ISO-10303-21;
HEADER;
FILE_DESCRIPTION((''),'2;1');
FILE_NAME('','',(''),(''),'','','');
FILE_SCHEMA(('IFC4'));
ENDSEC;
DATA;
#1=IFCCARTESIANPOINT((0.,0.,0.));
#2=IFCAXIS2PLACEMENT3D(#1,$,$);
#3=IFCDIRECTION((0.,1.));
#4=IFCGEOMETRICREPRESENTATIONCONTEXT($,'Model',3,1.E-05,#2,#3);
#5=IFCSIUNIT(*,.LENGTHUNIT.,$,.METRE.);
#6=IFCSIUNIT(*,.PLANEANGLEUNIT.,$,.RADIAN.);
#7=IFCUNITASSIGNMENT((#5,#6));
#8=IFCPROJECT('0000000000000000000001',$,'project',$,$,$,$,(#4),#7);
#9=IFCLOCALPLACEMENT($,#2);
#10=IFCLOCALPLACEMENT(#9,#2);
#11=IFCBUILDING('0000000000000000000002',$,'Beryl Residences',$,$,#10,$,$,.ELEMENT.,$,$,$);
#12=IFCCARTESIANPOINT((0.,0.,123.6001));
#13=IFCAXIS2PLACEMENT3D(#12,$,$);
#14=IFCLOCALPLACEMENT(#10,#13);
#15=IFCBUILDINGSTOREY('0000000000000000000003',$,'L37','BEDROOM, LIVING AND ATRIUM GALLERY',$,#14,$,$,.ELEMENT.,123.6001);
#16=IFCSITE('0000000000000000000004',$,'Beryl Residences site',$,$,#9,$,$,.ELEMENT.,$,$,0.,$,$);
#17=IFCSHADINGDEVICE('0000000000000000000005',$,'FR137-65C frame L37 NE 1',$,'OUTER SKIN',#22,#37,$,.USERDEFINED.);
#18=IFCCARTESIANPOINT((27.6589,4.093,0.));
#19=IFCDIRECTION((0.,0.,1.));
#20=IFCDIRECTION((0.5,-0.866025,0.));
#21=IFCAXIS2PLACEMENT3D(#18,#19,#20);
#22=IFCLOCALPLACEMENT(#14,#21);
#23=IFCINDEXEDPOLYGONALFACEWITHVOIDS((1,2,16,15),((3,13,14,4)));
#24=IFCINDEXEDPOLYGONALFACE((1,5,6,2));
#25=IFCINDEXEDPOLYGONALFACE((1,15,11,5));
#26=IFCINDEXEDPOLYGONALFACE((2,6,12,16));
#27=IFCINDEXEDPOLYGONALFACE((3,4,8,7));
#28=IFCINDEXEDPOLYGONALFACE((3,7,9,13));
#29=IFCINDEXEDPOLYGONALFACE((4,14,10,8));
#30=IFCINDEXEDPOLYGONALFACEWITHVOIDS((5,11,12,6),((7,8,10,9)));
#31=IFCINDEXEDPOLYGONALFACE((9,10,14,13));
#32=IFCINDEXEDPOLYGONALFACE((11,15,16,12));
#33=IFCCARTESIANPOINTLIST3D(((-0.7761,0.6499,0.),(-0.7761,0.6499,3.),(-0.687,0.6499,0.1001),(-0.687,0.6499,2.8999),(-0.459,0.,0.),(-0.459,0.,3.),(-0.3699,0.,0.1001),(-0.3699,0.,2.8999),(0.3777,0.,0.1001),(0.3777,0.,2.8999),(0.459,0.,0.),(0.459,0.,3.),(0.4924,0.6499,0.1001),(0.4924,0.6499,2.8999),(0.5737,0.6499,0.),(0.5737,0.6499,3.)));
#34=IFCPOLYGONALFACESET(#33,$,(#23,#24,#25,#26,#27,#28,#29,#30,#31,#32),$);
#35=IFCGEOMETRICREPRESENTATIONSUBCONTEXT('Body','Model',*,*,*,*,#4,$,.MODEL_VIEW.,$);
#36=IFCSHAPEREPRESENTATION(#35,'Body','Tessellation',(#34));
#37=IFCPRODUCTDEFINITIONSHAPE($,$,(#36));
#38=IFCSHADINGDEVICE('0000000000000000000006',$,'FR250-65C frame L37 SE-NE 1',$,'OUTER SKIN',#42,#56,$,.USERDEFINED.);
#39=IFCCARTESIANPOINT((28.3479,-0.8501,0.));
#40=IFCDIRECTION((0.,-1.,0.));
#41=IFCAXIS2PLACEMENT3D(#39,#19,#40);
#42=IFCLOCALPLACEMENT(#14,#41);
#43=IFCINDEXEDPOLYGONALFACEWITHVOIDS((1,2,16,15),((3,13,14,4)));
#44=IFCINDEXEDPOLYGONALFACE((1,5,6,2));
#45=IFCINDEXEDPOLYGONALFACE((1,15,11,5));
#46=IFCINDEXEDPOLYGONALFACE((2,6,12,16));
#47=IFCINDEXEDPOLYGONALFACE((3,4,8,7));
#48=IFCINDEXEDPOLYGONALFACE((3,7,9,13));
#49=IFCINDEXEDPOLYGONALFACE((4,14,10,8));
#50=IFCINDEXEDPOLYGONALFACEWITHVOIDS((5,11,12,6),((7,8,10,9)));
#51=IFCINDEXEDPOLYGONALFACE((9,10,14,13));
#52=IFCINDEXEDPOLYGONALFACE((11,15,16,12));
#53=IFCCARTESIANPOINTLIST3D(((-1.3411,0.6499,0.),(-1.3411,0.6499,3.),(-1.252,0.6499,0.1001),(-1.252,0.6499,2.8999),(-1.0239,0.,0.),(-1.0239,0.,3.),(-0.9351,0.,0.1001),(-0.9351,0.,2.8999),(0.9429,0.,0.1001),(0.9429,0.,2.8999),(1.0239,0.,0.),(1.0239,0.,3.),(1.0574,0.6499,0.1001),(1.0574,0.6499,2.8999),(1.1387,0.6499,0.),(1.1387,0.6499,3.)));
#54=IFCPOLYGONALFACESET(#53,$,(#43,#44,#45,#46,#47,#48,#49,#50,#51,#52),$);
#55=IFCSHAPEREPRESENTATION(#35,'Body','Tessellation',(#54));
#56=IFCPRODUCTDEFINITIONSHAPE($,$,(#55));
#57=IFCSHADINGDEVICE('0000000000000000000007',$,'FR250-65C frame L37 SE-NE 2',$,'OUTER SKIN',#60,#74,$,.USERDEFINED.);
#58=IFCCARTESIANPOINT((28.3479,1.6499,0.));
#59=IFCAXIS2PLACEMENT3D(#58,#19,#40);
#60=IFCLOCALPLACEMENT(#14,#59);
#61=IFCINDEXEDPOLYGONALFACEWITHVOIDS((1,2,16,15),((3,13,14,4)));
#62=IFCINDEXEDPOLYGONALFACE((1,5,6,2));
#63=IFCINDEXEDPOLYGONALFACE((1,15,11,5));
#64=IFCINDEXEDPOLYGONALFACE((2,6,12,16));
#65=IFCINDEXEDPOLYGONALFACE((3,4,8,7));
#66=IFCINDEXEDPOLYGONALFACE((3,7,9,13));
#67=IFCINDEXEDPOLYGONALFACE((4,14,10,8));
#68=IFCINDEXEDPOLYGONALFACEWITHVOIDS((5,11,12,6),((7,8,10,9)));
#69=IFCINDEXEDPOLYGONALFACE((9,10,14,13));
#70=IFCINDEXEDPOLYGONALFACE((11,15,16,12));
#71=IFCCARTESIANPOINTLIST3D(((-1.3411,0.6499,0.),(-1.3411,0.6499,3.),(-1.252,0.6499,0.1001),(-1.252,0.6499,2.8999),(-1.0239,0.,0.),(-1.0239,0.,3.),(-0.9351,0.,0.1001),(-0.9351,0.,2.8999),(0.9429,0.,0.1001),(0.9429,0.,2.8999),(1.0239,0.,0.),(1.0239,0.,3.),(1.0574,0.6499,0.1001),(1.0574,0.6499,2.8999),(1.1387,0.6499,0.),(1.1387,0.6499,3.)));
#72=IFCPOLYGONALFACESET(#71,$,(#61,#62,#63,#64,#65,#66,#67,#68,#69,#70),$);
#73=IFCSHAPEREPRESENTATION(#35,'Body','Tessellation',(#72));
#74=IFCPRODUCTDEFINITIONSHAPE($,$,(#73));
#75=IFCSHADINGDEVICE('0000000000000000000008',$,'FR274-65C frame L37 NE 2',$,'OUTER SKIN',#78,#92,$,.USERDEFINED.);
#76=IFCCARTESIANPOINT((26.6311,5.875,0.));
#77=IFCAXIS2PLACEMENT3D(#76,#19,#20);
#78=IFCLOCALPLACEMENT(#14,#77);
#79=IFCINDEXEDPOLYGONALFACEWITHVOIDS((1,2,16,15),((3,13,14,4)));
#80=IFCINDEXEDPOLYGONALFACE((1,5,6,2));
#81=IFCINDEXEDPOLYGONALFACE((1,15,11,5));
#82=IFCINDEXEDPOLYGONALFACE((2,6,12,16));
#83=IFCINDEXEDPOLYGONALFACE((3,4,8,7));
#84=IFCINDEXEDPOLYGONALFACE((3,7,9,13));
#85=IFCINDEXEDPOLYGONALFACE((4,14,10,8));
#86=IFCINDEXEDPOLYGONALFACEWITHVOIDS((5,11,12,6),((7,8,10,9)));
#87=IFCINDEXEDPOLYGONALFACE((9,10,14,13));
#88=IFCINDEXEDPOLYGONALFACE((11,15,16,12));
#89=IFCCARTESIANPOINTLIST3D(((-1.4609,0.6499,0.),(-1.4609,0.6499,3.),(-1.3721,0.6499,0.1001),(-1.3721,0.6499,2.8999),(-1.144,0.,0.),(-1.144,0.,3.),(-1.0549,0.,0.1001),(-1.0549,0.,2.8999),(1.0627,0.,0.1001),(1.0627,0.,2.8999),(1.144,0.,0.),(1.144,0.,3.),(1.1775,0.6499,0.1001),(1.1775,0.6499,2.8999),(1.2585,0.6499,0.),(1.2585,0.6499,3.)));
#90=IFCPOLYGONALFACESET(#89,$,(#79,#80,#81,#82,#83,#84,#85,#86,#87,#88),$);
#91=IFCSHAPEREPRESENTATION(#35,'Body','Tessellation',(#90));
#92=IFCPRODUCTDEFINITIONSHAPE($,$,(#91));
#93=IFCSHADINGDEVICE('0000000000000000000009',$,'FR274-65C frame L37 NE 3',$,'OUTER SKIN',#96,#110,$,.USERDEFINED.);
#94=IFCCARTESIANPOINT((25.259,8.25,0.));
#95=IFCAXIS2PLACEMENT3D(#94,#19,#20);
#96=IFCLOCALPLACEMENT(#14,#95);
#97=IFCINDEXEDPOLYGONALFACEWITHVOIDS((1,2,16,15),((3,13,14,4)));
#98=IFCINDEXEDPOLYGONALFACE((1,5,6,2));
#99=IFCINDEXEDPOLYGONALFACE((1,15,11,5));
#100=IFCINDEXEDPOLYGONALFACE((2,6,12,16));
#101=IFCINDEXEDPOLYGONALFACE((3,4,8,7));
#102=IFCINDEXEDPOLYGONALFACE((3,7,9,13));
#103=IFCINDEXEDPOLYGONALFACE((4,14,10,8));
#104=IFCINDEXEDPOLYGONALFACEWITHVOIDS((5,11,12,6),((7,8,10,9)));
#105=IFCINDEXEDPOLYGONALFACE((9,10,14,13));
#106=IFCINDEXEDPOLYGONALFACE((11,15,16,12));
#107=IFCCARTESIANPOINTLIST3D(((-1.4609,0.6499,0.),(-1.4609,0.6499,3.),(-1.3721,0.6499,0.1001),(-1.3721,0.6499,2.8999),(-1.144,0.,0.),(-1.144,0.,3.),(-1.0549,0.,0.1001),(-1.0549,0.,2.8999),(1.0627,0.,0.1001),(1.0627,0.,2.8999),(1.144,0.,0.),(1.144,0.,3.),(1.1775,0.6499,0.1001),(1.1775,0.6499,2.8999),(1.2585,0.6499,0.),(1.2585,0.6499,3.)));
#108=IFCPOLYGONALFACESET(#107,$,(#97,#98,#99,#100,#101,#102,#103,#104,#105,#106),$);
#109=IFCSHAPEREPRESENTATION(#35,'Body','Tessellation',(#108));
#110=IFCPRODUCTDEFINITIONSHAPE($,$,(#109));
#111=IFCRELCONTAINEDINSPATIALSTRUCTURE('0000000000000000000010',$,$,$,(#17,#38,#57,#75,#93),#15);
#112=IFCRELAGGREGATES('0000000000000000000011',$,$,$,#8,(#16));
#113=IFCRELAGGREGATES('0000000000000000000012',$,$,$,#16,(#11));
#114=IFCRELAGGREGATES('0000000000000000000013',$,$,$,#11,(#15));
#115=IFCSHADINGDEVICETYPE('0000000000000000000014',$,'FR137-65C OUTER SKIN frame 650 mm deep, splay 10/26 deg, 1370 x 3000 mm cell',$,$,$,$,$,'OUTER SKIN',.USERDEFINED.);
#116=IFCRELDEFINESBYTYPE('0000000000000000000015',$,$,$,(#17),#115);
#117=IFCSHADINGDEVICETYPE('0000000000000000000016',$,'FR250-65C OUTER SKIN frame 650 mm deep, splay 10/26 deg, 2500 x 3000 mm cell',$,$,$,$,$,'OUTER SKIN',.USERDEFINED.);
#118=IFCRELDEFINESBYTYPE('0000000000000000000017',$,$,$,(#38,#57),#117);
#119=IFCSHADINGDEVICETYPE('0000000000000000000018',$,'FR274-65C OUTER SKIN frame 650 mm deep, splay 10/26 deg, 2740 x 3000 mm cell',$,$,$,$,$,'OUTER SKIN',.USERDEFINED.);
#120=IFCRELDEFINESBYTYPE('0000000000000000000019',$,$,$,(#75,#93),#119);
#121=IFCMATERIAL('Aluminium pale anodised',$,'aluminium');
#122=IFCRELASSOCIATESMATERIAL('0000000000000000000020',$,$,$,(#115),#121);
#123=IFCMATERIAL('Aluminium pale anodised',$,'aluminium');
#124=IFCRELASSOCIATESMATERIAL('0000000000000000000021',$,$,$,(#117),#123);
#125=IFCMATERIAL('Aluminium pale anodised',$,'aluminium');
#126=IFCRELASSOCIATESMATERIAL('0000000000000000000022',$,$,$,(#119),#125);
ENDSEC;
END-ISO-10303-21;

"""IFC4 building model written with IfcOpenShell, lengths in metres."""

from ifc_helpers import new_model, entity, si_unit, direction, frame, origin, place, context, subcontext, project, spatial, source, transform, mapped, material, type_object, type_shapes, element, save


model = new_model("IFC4")

# Units and contexts
model_context = context("Model", 3, precision=1e-05, world=origin(), true_north=direction((0.0, 1.0)))
body_context = subcontext(model_context, "Body", "Model", "MODEL_VIEW")
ifc_project = project(units=[si_unit("LENGTHUNIT", "METRE"), si_unit("PLANEANGLEUNIT", "RADIAN")], contexts=[model_context])

# Site, building, storey
site_placement = place(None, origin())
site = spatial("IfcSite", under=ifc_project, at=site_placement, Name="Beryl Residences site", CompositionType="ELEMENT", RefElevation=0.0)
building_placement = place(site_placement, origin())
building = spatial("IfcBuilding", under=site, at=building_placement, Name="Beryl Residences", CompositionType="ELEMENT")
storey_placement = place(building_placement, frame((0.0, 0.0, 123.6001)))
storey = spatial("IfcBuildingStorey", under=building, at=storey_placement, Name="L37", Description="BEDROOM, LIVING AND ATRIUM GALLERY", CompositionType="ELEMENT", Elevation=123.6001)

# Shading devices
ifc_material_1 = material(Name="Aluminium pale anodised", Category="aluminium")
shading_device_type_1 = type_object("IfcShadingDeviceType", Name="FR137-65C OUTER SKIN frame 650 mm deep, splay 10/26 deg, 1370 x 3000 mm cell", ElementType="OUTER SKIN", PredefinedType="USERDEFINED", material=ifc_material_1)
cartesian_point_1 = entity("IfcCartesianPoint", [-0.459, 0.0])
cartesian_point_2 = entity("IfcCartesianPoint", [-0.3777, 0.1001])
cartesian_point_3 = entity("IfcCartesianPoint", [-0.5737, 0.0])
cartesian_point_4 = entity("IfcCartesianPoint", [-0.4924, 0.1001])
shared_shape_1 = source(origin(), body_context, "Body", "SweptSolid", [
    entity("IfcExtrudedAreaSolidTapered", entity("IfcArbitraryProfileDefWithVoids", "AREA", None, entity("IfcPolyline", [cartesian_point_1, entity("IfcCartesianPoint", [0.459, 0.0]), entity("IfcCartesianPoint", [0.459, 3.0]), entity("IfcCartesianPoint", [-0.459, 3.0]), cartesian_point_1]), [entity("IfcPolyline", [cartesian_point_2, entity("IfcCartesianPoint", [0.3699, 0.1001]), entity("IfcCartesianPoint", [0.3699, 2.8999]), entity("IfcCartesianPoint", [-0.3777, 2.8999]), cartesian_point_2])]), entity("IfcAxis2Placement3D", entity("IfcCartesianPoint", [0.0, 0.0, 0.0]), entity("IfcDirection", [0.0, 1.0, 0.0]), entity("IfcDirection", [-1.0, 0.0, 0.0])), entity("IfcDirection", [0.0, 0.0, 1.0]), 0.6499, entity("IfcArbitraryProfileDefWithVoids", "AREA", None, entity("IfcPolyline", [cartesian_point_3, entity("IfcCartesianPoint", [0.7761, 0.0]), entity("IfcCartesianPoint", [0.7761, 3.0]), entity("IfcCartesianPoint", [-0.5737, 3.0]), cartesian_point_3]), [entity("IfcPolyline", [cartesian_point_4, entity("IfcCartesianPoint", [0.687, 0.1001]), entity("IfcCartesianPoint", [0.687, 2.8999]), entity("IfcCartesianPoint", [-0.4924, 2.8999]), cartesian_point_4])])),
])
type_shapes(shading_device_type_1, [shared_shape_1])
shading_device_placement = place(storey_placement, frame((27.6589, 4.093, 0.0), z_axis=(0.0, 0.0, 1.0), x_axis=(0.5, -0.866025, 0.0)))
element("IfcShadingDevice", 1, at=shading_device_placement, inside=storey, type_object=shading_device_type_1, Name="FR137-65C frame L37 NE 1", ObjectType="OUTER SKIN", PredefinedType="USERDEFINED", context=body_context, shape_type="MappedRepresentation", body=[
    mapped(shared_shape_1, transform((0.0, 0.0, 0.0))),
])
ifc_material_2 = material(Name="Aluminium pale anodised", Category="aluminium")
shading_device_type_2 = type_object("IfcShadingDeviceType", Name="FR250-65C OUTER SKIN frame 650 mm deep, splay 10/26 deg, 2500 x 3000 mm cell", ElementType="OUTER SKIN", PredefinedType="USERDEFINED", material=ifc_material_2)
cartesian_point_5 = entity("IfcCartesianPoint", [-1.0239, 0.0])
cartesian_point_6 = entity("IfcCartesianPoint", [-0.9429, 0.1001])
cartesian_point_7 = entity("IfcCartesianPoint", [-1.1387, 0.0])
cartesian_point_8 = entity("IfcCartesianPoint", [-1.0574, 0.1001])
shared_shape_2 = source(origin(), body_context, "Body", "SweptSolid", [
    entity("IfcExtrudedAreaSolidTapered", entity("IfcArbitraryProfileDefWithVoids", "AREA", None, entity("IfcPolyline", [cartesian_point_5, entity("IfcCartesianPoint", [1.0239, 0.0]), entity("IfcCartesianPoint", [1.0239, 3.0]), entity("IfcCartesianPoint", [-1.0239, 3.0]), cartesian_point_5]), [entity("IfcPolyline", [cartesian_point_6, entity("IfcCartesianPoint", [0.9351, 0.1001]), entity("IfcCartesianPoint", [0.9351, 2.8999]), entity("IfcCartesianPoint", [-0.9429, 2.8999]), cartesian_point_6])]), entity("IfcAxis2Placement3D", entity("IfcCartesianPoint", [0.0, 0.0, 0.0]), entity("IfcDirection", [0.0, 1.0, 0.0]), entity("IfcDirection", [-1.0, 0.0, 0.0])), entity("IfcDirection", [0.0, 0.0, 1.0]), 0.6499, entity("IfcArbitraryProfileDefWithVoids", "AREA", None, entity("IfcPolyline", [cartesian_point_7, entity("IfcCartesianPoint", [1.3411, 0.0]), entity("IfcCartesianPoint", [1.3411, 3.0]), entity("IfcCartesianPoint", [-1.1387, 3.0]), cartesian_point_7]), [entity("IfcPolyline", [cartesian_point_8, entity("IfcCartesianPoint", [1.252, 0.1001]), entity("IfcCartesianPoint", [1.252, 2.8999]), entity("IfcCartesianPoint", [-1.0574, 2.8999]), cartesian_point_8])])),
])
type_shapes(shading_device_type_2, [shared_shape_2])
for number, where, z_axis, x_axis, name in (
    (2, (28.3479, -0.8501, 0.0), (0.0, 0.0, 1.0), (0.0, -1.0, 0.0), "FR250-65C frame L37 SE-NE 1"),
    (3, (28.3479, 1.6499, 0.0), (0.0, 0.0, 1.0), (0.0, -1.0, 0.0), "FR250-65C frame L37 SE-NE 2"),
):
    element("IfcShadingDevice", number, at=place(storey_placement, frame(where, z_axis=z_axis, x_axis=x_axis)), inside=storey, type_object=shading_device_type_2, Name=name, ObjectType="OUTER SKIN", PredefinedType="USERDEFINED", context=body_context, shape_type="MappedRepresentation", body=[
        mapped(shared_shape_2, transform((0.0, 0.0, 0.0))),
    ])
ifc_material_3 = material(Name="Aluminium pale anodised", Category="aluminium")
shading_device_type_3 = type_object("IfcShadingDeviceType", Name="FR274-65C OUTER SKIN frame 650 mm deep, splay 10/26 deg, 2740 x 3000 mm cell", ElementType="OUTER SKIN", PredefinedType="USERDEFINED", material=ifc_material_3)
cartesian_point_9 = entity("IfcCartesianPoint", [-1.144, 0.0])
cartesian_point_10 = entity("IfcCartesianPoint", [-1.0627, 0.1001])
cartesian_point_11 = entity("IfcCartesianPoint", [-1.2585, 0.0])
cartesian_point_12 = entity("IfcCartesianPoint", [-1.1775, 0.1001])
shared_shape_3 = source(origin(), body_context, "Body", "SweptSolid", [
    entity("IfcExtrudedAreaSolidTapered", entity("IfcArbitraryProfileDefWithVoids", "AREA", None, entity("IfcPolyline", [cartesian_point_9, entity("IfcCartesianPoint", [1.144, 0.0]), entity("IfcCartesianPoint", [1.144, 3.0]), entity("IfcCartesianPoint", [-1.144, 3.0]), cartesian_point_9]), [entity("IfcPolyline", [cartesian_point_10, entity("IfcCartesianPoint", [1.0549, 0.1001]), entity("IfcCartesianPoint", [1.0549, 2.8999]), entity("IfcCartesianPoint", [-1.0627, 2.8999]), cartesian_point_10])]), entity("IfcAxis2Placement3D", entity("IfcCartesianPoint", [0.0, 0.0, 0.0]), entity("IfcDirection", [0.0, 1.0, 0.0]), entity("IfcDirection", [-1.0, 0.0, 0.0])), entity("IfcDirection", [0.0, 0.0, 1.0]), 0.6499, entity("IfcArbitraryProfileDefWithVoids", "AREA", None, entity("IfcPolyline", [cartesian_point_11, entity("IfcCartesianPoint", [1.4609, 0.0]), entity("IfcCartesianPoint", [1.4609, 3.0]), entity("IfcCartesianPoint", [-1.2585, 3.0]), cartesian_point_11]), [entity("IfcPolyline", [cartesian_point_12, entity("IfcCartesianPoint", [1.3721, 0.1001]), entity("IfcCartesianPoint", [1.3721, 2.8999]), entity("IfcCartesianPoint", [-1.1775, 2.8999]), cartesian_point_12])])),
])
type_shapes(shading_device_type_3, [shared_shape_3])
for number, where, z_axis, x_axis, name in (
    (4, (26.6311, 5.875, 0.0), (0.0, 0.0, 1.0), (0.5, -0.866025, 0.0), "FR274-65C frame L37 NE 2"),
    (5, (25.259, 8.25, 0.0), (0.0, 0.0, 1.0), (0.5, -0.866025, 0.0), "FR274-65C frame L37 NE 3"),
):
    element("IfcShadingDevice", number, at=place(storey_placement, frame(where, z_axis=z_axis, x_axis=x_axis)), inside=storey, type_object=shading_device_type_3, Name=name, ObjectType="OUTER SKIN", PredefinedType="USERDEFINED", context=body_context, shape_type="MappedRepresentation", body=[
        mapped(shared_shape_3, transform((0.0, 0.0, 0.0))),
    ])

save(model, "model.ifc")
